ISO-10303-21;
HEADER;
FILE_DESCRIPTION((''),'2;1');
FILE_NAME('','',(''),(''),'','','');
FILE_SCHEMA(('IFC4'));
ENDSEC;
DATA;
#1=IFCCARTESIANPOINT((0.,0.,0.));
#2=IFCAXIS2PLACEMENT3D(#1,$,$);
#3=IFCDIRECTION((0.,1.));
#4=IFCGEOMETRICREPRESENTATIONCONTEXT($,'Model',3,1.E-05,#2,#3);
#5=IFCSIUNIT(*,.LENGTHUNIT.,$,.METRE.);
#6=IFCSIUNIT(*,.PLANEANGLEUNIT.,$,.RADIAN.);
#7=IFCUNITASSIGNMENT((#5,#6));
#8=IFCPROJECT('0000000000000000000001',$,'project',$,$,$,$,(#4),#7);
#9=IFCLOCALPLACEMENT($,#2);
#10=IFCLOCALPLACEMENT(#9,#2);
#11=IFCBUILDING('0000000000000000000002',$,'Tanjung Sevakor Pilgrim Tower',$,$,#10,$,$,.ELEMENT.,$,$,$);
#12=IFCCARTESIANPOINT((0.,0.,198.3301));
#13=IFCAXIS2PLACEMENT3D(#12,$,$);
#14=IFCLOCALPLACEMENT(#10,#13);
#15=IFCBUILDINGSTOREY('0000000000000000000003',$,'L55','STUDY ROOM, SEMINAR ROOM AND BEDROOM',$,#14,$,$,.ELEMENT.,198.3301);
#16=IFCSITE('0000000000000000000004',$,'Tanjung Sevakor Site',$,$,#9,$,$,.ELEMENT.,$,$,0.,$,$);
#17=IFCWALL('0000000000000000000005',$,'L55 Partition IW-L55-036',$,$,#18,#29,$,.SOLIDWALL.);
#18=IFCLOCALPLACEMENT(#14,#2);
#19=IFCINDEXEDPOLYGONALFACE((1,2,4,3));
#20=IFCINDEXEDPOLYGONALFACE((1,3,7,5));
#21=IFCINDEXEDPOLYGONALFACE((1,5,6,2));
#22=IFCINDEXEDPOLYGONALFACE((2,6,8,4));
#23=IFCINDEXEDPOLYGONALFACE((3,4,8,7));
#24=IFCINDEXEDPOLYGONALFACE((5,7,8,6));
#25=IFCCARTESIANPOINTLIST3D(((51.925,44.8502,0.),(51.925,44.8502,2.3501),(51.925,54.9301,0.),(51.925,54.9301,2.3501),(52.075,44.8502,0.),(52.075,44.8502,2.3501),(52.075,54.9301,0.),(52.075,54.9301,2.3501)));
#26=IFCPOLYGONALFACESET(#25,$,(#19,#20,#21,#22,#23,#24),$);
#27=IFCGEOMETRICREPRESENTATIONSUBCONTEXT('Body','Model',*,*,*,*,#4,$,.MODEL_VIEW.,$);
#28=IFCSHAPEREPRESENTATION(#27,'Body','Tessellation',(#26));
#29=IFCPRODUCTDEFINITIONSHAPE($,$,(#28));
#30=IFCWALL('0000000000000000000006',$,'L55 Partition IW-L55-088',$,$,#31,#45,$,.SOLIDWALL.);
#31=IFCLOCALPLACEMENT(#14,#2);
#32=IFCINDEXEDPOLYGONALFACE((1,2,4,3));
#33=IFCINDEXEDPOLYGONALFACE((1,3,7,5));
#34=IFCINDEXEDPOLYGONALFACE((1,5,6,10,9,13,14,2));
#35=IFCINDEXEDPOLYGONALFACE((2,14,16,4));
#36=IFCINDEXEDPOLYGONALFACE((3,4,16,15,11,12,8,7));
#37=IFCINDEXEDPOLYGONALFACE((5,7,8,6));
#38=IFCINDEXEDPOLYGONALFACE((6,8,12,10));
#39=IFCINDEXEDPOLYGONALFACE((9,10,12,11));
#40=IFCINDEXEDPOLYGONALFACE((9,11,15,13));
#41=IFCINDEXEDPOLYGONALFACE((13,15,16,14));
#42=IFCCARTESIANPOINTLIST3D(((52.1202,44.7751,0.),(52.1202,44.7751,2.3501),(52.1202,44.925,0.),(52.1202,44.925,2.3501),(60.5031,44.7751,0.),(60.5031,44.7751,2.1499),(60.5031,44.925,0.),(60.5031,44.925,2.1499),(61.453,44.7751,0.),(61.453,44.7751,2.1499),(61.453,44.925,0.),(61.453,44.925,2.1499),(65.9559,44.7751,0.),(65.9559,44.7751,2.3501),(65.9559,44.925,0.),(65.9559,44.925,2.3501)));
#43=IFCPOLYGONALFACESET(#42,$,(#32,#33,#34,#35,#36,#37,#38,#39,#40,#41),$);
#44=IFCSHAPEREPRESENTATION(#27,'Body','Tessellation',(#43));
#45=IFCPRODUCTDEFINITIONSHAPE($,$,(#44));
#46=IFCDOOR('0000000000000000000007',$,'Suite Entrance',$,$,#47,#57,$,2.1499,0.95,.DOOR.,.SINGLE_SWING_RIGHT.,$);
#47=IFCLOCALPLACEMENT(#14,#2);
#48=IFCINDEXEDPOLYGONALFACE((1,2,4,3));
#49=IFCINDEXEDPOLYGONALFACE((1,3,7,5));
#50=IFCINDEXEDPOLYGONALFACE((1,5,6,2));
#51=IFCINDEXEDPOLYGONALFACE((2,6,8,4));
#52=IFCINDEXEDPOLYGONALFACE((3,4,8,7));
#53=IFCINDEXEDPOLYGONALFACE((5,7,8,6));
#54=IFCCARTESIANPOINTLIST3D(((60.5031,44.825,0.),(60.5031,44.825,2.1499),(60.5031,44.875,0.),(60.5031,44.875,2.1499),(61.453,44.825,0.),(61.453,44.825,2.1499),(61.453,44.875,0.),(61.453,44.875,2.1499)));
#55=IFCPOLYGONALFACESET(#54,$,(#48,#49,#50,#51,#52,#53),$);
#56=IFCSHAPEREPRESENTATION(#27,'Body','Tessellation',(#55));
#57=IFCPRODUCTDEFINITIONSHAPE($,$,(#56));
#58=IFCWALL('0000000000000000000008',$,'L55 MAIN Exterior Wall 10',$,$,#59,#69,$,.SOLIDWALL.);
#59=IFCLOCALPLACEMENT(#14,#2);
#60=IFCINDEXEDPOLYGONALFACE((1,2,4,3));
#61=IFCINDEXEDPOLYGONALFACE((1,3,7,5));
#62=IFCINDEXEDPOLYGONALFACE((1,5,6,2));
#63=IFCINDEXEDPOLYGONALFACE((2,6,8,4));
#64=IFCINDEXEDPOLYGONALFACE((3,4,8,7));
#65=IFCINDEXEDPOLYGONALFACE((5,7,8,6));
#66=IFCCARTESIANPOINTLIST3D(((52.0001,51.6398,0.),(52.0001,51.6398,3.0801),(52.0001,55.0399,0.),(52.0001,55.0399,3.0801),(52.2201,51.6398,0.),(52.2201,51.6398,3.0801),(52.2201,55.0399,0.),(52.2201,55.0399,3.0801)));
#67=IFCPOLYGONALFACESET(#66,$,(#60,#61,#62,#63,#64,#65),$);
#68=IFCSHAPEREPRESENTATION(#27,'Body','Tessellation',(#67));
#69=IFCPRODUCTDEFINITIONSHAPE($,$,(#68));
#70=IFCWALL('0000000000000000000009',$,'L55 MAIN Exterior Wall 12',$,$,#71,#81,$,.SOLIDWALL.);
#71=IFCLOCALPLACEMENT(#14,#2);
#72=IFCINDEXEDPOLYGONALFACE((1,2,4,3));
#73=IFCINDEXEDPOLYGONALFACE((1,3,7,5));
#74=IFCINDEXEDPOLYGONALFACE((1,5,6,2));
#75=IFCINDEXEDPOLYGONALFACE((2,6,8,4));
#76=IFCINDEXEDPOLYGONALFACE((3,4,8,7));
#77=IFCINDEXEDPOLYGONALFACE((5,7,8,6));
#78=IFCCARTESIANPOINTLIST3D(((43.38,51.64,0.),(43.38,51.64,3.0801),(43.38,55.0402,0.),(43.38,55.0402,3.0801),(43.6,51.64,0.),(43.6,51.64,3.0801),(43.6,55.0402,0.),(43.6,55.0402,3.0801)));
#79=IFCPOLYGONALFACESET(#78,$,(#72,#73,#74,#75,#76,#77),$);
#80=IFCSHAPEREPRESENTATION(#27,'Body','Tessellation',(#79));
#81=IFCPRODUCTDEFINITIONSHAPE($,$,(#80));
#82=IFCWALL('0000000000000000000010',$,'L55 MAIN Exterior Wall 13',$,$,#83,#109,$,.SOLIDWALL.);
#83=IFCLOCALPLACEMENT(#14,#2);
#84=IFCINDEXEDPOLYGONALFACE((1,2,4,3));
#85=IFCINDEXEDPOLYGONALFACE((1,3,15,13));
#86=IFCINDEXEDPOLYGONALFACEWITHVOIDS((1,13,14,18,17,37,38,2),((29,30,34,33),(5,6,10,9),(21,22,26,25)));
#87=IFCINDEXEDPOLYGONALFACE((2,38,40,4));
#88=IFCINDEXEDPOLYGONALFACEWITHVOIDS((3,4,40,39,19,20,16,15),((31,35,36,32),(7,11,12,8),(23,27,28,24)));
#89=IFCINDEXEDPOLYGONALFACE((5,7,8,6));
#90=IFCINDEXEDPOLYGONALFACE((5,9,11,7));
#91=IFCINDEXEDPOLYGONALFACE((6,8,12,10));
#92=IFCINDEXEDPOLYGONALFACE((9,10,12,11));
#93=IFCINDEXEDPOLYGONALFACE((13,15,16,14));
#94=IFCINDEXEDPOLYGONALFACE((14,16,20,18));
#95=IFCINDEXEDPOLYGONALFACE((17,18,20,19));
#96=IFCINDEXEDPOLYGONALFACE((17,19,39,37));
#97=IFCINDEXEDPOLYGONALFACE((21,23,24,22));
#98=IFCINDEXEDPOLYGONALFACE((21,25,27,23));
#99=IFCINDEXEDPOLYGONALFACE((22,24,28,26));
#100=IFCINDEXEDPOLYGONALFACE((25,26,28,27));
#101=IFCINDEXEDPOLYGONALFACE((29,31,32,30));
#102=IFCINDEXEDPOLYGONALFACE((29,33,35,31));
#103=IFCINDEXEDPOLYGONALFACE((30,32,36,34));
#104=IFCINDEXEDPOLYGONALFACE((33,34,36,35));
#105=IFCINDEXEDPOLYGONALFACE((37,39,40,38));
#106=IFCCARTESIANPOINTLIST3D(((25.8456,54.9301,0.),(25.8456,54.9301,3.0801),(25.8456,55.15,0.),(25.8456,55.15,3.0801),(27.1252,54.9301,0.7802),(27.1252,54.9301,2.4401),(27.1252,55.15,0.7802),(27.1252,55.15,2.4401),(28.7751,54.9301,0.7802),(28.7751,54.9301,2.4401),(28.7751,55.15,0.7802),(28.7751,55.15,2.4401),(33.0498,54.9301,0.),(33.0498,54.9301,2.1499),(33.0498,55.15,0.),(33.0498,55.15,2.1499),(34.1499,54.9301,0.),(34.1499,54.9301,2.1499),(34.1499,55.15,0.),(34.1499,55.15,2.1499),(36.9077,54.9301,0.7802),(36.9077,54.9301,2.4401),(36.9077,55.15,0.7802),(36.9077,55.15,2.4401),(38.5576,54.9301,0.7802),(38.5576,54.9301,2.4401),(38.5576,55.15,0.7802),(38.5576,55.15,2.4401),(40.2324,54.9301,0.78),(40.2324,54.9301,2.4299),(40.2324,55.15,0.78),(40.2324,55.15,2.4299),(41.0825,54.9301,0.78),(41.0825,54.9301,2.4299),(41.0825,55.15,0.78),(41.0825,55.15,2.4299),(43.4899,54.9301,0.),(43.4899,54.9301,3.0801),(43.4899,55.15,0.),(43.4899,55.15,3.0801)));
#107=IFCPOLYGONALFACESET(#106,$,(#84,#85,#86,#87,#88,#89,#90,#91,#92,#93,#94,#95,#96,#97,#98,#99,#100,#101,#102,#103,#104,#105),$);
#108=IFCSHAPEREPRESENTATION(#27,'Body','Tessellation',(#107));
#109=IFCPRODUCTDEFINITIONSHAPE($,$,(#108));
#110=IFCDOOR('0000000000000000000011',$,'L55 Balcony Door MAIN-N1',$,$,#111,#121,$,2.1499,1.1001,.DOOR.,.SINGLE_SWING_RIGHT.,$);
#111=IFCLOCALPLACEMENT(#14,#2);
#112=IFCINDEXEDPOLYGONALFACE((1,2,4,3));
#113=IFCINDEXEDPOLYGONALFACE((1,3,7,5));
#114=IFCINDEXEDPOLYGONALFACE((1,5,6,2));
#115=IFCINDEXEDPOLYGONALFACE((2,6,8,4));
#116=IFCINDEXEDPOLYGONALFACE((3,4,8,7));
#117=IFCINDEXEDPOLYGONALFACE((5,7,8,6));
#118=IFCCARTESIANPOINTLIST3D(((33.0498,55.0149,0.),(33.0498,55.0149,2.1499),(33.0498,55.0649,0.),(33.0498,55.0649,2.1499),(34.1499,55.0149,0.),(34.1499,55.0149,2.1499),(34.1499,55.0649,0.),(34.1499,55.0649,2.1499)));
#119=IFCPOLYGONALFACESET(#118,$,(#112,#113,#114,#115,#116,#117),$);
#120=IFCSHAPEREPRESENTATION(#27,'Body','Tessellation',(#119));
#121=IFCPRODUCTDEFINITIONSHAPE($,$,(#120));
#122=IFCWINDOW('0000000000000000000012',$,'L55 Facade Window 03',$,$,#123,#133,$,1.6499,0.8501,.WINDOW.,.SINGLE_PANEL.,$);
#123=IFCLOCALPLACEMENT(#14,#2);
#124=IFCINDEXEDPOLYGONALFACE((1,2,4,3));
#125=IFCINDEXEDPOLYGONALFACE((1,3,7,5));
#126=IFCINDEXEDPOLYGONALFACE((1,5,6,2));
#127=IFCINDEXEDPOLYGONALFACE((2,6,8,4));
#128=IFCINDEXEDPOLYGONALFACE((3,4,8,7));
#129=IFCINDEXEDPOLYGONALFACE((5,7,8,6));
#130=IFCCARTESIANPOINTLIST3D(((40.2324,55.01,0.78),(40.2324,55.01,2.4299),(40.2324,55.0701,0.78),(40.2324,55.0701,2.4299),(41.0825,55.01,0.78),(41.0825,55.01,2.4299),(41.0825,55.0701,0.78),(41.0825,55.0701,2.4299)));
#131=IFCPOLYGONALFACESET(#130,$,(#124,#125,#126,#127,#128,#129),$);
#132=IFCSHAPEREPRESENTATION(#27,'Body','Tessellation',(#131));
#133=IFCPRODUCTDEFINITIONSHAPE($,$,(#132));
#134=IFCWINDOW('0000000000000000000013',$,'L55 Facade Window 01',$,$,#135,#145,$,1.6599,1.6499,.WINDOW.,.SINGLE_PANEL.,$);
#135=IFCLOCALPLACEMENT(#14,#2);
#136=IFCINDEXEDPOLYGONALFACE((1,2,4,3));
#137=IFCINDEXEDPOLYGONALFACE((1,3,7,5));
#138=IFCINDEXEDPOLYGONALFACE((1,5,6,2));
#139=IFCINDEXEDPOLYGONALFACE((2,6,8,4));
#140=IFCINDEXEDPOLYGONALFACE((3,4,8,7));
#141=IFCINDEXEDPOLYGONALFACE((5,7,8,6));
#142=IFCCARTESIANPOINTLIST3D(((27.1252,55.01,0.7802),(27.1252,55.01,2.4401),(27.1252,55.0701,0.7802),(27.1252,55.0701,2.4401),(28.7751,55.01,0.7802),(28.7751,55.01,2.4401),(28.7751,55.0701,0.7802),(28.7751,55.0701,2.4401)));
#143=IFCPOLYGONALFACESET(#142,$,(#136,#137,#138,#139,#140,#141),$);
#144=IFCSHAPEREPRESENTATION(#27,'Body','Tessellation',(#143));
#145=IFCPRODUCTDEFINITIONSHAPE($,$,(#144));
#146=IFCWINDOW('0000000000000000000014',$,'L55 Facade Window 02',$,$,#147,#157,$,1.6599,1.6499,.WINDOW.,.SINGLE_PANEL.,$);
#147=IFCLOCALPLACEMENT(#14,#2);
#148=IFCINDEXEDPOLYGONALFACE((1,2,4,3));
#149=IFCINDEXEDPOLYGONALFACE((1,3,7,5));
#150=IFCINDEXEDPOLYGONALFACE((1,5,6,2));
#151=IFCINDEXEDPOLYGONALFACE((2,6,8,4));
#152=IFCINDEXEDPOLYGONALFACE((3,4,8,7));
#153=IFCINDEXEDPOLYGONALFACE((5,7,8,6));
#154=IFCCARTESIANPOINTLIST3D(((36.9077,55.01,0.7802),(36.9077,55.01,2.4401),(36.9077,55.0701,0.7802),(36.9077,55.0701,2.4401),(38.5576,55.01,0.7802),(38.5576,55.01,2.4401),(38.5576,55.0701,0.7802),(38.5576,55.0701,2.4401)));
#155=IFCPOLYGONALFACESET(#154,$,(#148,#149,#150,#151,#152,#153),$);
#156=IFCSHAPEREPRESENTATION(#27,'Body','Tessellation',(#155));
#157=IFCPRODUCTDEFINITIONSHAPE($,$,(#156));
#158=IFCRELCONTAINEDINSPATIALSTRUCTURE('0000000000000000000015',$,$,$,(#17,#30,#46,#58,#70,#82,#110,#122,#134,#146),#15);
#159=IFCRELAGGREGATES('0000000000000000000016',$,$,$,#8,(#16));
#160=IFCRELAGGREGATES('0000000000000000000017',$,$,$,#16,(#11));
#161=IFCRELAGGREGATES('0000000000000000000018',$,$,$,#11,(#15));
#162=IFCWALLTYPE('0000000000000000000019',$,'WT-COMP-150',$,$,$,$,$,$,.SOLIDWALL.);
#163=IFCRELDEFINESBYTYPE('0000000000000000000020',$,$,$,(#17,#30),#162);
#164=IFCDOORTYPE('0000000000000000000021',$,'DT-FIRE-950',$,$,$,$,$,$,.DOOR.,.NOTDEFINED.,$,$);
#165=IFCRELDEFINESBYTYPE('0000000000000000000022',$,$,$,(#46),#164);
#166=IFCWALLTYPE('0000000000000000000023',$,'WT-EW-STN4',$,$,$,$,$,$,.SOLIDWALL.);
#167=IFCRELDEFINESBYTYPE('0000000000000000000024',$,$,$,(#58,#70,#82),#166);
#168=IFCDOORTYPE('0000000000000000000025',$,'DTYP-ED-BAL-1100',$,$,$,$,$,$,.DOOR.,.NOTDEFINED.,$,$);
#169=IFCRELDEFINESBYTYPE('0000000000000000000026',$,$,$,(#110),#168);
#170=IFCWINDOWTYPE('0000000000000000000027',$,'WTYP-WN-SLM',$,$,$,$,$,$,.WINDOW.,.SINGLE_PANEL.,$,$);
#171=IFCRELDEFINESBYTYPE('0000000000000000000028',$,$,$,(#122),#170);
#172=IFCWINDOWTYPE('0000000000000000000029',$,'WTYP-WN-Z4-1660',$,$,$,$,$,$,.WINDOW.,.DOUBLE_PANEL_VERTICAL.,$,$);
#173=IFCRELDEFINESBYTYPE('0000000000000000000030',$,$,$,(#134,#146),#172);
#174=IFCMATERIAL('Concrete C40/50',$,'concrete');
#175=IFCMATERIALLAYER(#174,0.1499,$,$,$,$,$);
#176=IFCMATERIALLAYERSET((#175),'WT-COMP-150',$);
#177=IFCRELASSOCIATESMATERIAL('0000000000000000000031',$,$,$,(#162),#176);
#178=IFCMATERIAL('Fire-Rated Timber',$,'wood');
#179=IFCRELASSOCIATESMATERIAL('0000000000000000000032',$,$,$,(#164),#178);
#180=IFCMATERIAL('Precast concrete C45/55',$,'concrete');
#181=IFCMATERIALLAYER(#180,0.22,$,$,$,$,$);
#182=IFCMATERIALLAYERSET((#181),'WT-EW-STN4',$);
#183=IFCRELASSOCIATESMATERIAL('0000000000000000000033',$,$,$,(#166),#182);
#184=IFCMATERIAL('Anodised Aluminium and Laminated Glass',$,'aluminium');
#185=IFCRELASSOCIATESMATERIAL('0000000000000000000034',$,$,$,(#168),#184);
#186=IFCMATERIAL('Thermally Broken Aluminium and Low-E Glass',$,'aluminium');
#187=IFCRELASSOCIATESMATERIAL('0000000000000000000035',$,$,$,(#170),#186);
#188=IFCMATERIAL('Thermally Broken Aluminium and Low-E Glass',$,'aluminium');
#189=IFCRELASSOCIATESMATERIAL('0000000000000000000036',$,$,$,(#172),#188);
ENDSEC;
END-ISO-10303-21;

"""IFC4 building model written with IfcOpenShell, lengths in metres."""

from ifc_helpers import new_model, si_unit, direction, frame, frame_2d, origin, place, context, subcontext, project, spatial, rectangle, extrude, material, layer, layer_set, type_object, element, fill, save


model = new_model("IFC4")

# Units and contexts
model_context = context("Model", 3, precision=1e-05, world=origin(), true_north=direction((0.0, 1.0)))
body_context = subcontext(model_context, "Body", "Model", "MODEL_VIEW")
ifc_project = project(units=[si_unit("LENGTHUNIT", "METRE"), si_unit("PLANEANGLEUNIT", "RADIAN")], contexts=[model_context])

# Site, building, storey
site_placement = place(None, origin())
site = spatial("IfcSite", under=ifc_project, at=site_placement, Name="Tanjung Sevakor Site", CompositionType="ELEMENT", RefElevation=0.0)
building_placement = place(site_placement, origin())
building = spatial("IfcBuilding", under=site, at=building_placement, Name="Tanjung Sevakor Pilgrim Tower", CompositionType="ELEMENT")
storey_placement = place(building_placement, frame((0.0, 0.0, 198.3301)))
storey = spatial("IfcBuildingStorey", under=building, at=storey_placement, Name="L55", Description="STUDY ROOM, SEMINAR ROOM AND BEDROOM", CompositionType="ELEMENT", Elevation=198.3301)

# Shared definitions
ifc_material_1 = material(Name="Concrete C40/50", Category="concrete")
ifc_layer_1 = layer(ifc_material_1, 0.1499)
ifc_layer_set_1 = layer_set([ifc_layer_1], Name="WT-COMP-150")
wall_type_1 = type_object("IfcWallType", Name="WT-COMP-150", PredefinedType="SOLIDWALL", material=ifc_layer_set_1)

# Wall
for number, where, z_axis, x_axis, name in (
    (1, (52.0, 44.8501, 0.0), (0.0, 0.0, 1.0), (0.0, 1.0, 0.0), "L55 Partition IW-L55-036"),
):
    element("IfcWall", number, at=place(storey_placement, frame(where, z_axis=z_axis, x_axis=x_axis)), inside=storey, type_object=wall_type_1, Name=name, PredefinedType="SOLIDWALL", context=body_context, shape_type="SweptSolid", body=[
        extrude(rectangle(XDim=10.0798, YDim=0.1499, at=frame_2d((5.04, 0.0))), origin(), (0.0, 0.0, 1.0), 2.3501),
    ])

# Wall, opening, door
ifc_material_2 = material(Name="Fire-Rated Timber", Category="wood")
door_type_1 = type_object("IfcDoorType", Name="DT-FIRE-950", OperationType="NOTDEFINED", PredefinedType="DOOR", material=ifc_material_2)
wall_1_placement = place(storey_placement, frame((52.1201, 44.8501, 0.0), z_axis=(0.0, 0.0, 1.0), x_axis=(1.0, 0.0, 0.0)))
wall_1 = element("IfcWall", 2, at=wall_1_placement, inside=storey, type_object=wall_type_1, Name="L55 Partition IW-L55-088", PredefinedType="SOLIDWALL", context=body_context, shape_type="SweptSolid", body=[
    extrude(rectangle(XDim=13.8357, YDim=0.1499, at=frame_2d((6.918, 0.0))), origin(), (0.0, 0.0, 1.0), 2.3501),
])
opening_1_placement = place(wall_1_placement, frame((8.3828, 0.0, 0.0)))
opening_1 = element("IfcOpeningElement", 3, at=opening_1_placement, cuts=wall_1, PredefinedType="OPENING", context=body_context, shape_type="SweptSolid", body=[
    extrude(rectangle(XDim=0.95, YDim=2.1499, at=frame_2d((0.4751, 1.075))), frame((0.0, 0.085, 0.0), z_axis=(0.0, -1.0, 0.0), x_axis=(1.0, 0.0, 0.0)), (0.0, 0.0, 1.0), 0.1699),
])
door_1_placement = place(opening_1_placement, origin())
door_1 = element("IfcDoor", 4, at=door_1_placement, inside=storey, type_object=door_type_1, Name="Suite Entrance", OperationType="SINGLE_SWING_RIGHT", OverallHeight=2.1499, OverallWidth=0.95, PredefinedType="DOOR", context=body_context, shape_type="SweptSolid", body=[
    extrude(rectangle(XDim=0.95, YDim=2.1499, at=frame_2d((0.4751, 1.075))), frame((0.0, 0.0249, 0.0), z_axis=(0.0, -1.0, 0.0), x_axis=(1.0, 0.0, 0.0)), (0.0, 0.0, 1.0), 0.05),
])
fill(opening_1, door_1)

# Walls
ifc_material_3 = material(Name="Precast concrete C45/55", Category="concrete")
ifc_layer_2 = layer(ifc_material_3, 0.22)
ifc_layer_set_2 = layer_set([ifc_layer_2], Name="WT-EW-STN4")
wall_type_2 = type_object("IfcWallType", Name="WT-EW-STN4", PredefinedType="SOLIDWALL", material=ifc_layer_set_2)
for number, where, z_axis, x_axis, name in (
    (5, (52.1101, 55.04, 0.0), (0.0, 0.0, 1.0), (0.0, -1.0, 0.0), "L55 MAIN Exterior Wall 10"),
    (6, (43.49, 51.6399, 0.0), (0.0, 0.0, 1.0), (0.0, 1.0, 0.0), "L55 MAIN Exterior Wall 12"),
):
    element("IfcWall", number, at=place(storey_placement, frame(where, z_axis=z_axis, x_axis=x_axis)), inside=storey, type_object=wall_type_2, Name=name, PredefinedType="SOLIDWALL", context=body_context, shape_type="SweptSolid", body=[
        extrude(rectangle(XDim=3.4001, YDim=0.22, at=frame_2d((1.7002, 0.0))), origin(), (0.0, 0.0, 1.0), 3.0801),
    ])

# Wall, openings, door, windows
wall_2_placement = place(storey_placement, frame((43.49, 55.04, 0.0), z_axis=(0.0, 0.0, 1.0), x_axis=(-1.0, 0.0, 0.0)))
wall_2 = element("IfcWall", 7, at=wall_2_placement, inside=storey, type_object=wall_type_2, Name="L55 MAIN Exterior Wall 13", PredefinedType="SOLIDWALL", context=body_context, shape_type="SweptSolid", body=[
    extrude(rectangle(XDim=17.6443, YDim=0.22, at=frame_2d((8.8223, 0.0))), origin(), (0.0, 0.0, 1.0), 3.0801),
])
opening_2_placement = place(wall_2_placement, frame((9.3401, 0.0, 0.0)))
opening_2 = element("IfcOpeningElement", 8, at=opening_2_placement, cuts=wall_2, PredefinedType="OPENING", context=body_context, shape_type="SweptSolid", body=[
    extrude(rectangle(XDim=1.1001, YDim=2.1499, at=frame_2d((0.55, 1.075))), frame((0.0, 0.1199, 0.0), z_axis=(0.0, -1.0, 0.0), x_axis=(1.0, 0.0, 0.0)), (0.0, 0.0, 1.0), 0.24),
])
opening_3_placement = place(wall_2_placement, frame((14.7148, 0.0, 0.78)))
opening_3 = element("IfcOpeningElement", 9, at=opening_3_placement, cuts=wall_2, PredefinedType="OPENING", context=body_context, shape_type="SweptSolid", body=[
    extrude(rectangle(XDim=1.6499, YDim=1.6599, at=frame_2d((0.825, 0.8301))), frame((0.0, 0.1199, 0.0), z_axis=(0.0, -1.0, 0.0), x_axis=(1.0, 0.0, 0.0)), (0.0, 0.0, 1.0), 0.24),
])
opening_4_placement = place(wall_2_placement, frame((4.9324, 0.0, 0.78)))
opening_4 = element("IfcOpeningElement", 10, at=opening_4_placement, cuts=wall_2, PredefinedType="OPENING", context=body_context, shape_type="SweptSolid", body=[
    extrude(rectangle(XDim=1.6499, YDim=1.6599, at=frame_2d((0.825, 0.8301))), frame((0.0, 0.1199, 0.0), z_axis=(0.0, -1.0, 0.0), x_axis=(1.0, 0.0, 0.0)), (0.0, 0.0, 1.0), 0.24),
])
opening_5_placement = place(wall_2_placement, frame((2.4075, 0.0, 0.78)))
opening_5 = element("IfcOpeningElement", 11, at=opening_5_placement, cuts=wall_2, PredefinedType="OPENING", context=body_context, shape_type="SweptSolid", body=[
    extrude(rectangle(XDim=0.8501, YDim=1.6499, at=frame_2d((0.425, 0.825))), frame((0.0, 0.1199, 0.0), z_axis=(0.0, -1.0, 0.0), x_axis=(1.0, 0.0, 0.0)), (0.0, 0.0, 1.0), 0.24),
])
ifc_material_4 = material(Name="Anodised Aluminium and Laminated Glass", Category="aluminium")
door_type_2 = type_object("IfcDoorType", Name="DTYP-ED-BAL-1100", OperationType="NOTDEFINED", PredefinedType="DOOR", material=ifc_material_4)
door_2_placement = place(opening_2_placement, frame((1.1001, 0.0, 0.0), z_axis=(0.0, 0.0, 1.0), x_axis=(-1.0, 0.0, 0.0)))
door_2 = element("IfcDoor", 12, at=door_2_placement, inside=storey, type_object=door_type_2, Name="L55 Balcony Door MAIN-N1", OperationType="SINGLE_SWING_RIGHT", OverallHeight=2.1499, OverallWidth=1.1001, PredefinedType="DOOR", context=body_context, shape_type="SweptSolid", body=[
    extrude(rectangle(XDim=1.1001, YDim=2.1499, at=frame_2d((0.55, 1.075))), frame((0.0, 0.0249, 0.0), z_axis=(0.0, -1.0, 0.0), x_axis=(1.0, 0.0, 0.0)), (0.0, 0.0, 1.0), 0.05),
])
fill(opening_2, door_2)
ifc_material_5 = material(Name="Thermally Broken Aluminium and Low-E Glass", Category="aluminium")
window_type_1 = type_object("IfcWindowType", Name="WTYP-WN-SLM", PartitioningType="SINGLE_PANEL", PredefinedType="WINDOW", material=ifc_material_5)
window_1_placement = place(opening_5_placement, origin())
window_1 = element("IfcWindow", 13, at=window_1_placement, inside=storey, type_object=window_type_1, Name="L55 Facade Window 03", OverallHeight=1.6499, OverallWidth=0.8501, PartitioningType="SINGLE_PANEL", PredefinedType="WINDOW", context=body_context, shape_type="SweptSolid", body=[
    extrude(rectangle(XDim=0.8501, YDim=1.6499, at=frame_2d((0.425, 0.825))), frame((0.0, 0.03, 0.0), z_axis=(0.0, -1.0, 0.0), x_axis=(1.0, 0.0, 0.0)), (0.0, 0.0, 1.0), 0.0601),
])
fill(opening_5, window_1)
ifc_material_6 = material(Name="Thermally Broken Aluminium and Low-E Glass", Category="aluminium")
window_type_2 = type_object("IfcWindowType", Name="WTYP-WN-Z4-1660", PartitioningType="DOUBLE_PANEL_VERTICAL", PredefinedType="WINDOW", material=ifc_material_6)
window_2_placement = place(opening_3_placement, origin())
window_2 = element("IfcWindow", 14, at=window_2_placement, inside=storey, type_object=window_type_2, Name="L55 Facade Window 01", OverallHeight=1.6599, OverallWidth=1.6499, PartitioningType="SINGLE_PANEL", PredefinedType="WINDOW", context=body_context, shape_type="SweptSolid", body=[
    extrude(rectangle(XDim=1.6499, YDim=1.6599, at=frame_2d((0.825, 0.8301))), frame((0.0, 0.03, 0.0), z_axis=(0.0, -1.0, 0.0), x_axis=(1.0, 0.0, 0.0)), (0.0, 0.0, 1.0), 0.0601),
])
fill(opening_3, window_2)
window_3_placement = place(opening_4_placement, origin())
window_3 = element("IfcWindow", 15, at=window_3_placement, inside=storey, type_object=window_type_2, Name="L55 Facade Window 02", OverallHeight=1.6599, OverallWidth=1.6499, PartitioningType="SINGLE_PANEL", PredefinedType="WINDOW", context=body_context, shape_type="SweptSolid", body=[
    extrude(rectangle(XDim=1.6499, YDim=1.6599, at=frame_2d((0.825, 0.8301))), frame((0.0, 0.03, 0.0), z_axis=(0.0, -1.0, 0.0), x_axis=(1.0, 0.0, 0.0)), (0.0, 0.0, 1.0), 0.0601),
])
fill(opening_4, window_3)

save(model, "model.ifc")
